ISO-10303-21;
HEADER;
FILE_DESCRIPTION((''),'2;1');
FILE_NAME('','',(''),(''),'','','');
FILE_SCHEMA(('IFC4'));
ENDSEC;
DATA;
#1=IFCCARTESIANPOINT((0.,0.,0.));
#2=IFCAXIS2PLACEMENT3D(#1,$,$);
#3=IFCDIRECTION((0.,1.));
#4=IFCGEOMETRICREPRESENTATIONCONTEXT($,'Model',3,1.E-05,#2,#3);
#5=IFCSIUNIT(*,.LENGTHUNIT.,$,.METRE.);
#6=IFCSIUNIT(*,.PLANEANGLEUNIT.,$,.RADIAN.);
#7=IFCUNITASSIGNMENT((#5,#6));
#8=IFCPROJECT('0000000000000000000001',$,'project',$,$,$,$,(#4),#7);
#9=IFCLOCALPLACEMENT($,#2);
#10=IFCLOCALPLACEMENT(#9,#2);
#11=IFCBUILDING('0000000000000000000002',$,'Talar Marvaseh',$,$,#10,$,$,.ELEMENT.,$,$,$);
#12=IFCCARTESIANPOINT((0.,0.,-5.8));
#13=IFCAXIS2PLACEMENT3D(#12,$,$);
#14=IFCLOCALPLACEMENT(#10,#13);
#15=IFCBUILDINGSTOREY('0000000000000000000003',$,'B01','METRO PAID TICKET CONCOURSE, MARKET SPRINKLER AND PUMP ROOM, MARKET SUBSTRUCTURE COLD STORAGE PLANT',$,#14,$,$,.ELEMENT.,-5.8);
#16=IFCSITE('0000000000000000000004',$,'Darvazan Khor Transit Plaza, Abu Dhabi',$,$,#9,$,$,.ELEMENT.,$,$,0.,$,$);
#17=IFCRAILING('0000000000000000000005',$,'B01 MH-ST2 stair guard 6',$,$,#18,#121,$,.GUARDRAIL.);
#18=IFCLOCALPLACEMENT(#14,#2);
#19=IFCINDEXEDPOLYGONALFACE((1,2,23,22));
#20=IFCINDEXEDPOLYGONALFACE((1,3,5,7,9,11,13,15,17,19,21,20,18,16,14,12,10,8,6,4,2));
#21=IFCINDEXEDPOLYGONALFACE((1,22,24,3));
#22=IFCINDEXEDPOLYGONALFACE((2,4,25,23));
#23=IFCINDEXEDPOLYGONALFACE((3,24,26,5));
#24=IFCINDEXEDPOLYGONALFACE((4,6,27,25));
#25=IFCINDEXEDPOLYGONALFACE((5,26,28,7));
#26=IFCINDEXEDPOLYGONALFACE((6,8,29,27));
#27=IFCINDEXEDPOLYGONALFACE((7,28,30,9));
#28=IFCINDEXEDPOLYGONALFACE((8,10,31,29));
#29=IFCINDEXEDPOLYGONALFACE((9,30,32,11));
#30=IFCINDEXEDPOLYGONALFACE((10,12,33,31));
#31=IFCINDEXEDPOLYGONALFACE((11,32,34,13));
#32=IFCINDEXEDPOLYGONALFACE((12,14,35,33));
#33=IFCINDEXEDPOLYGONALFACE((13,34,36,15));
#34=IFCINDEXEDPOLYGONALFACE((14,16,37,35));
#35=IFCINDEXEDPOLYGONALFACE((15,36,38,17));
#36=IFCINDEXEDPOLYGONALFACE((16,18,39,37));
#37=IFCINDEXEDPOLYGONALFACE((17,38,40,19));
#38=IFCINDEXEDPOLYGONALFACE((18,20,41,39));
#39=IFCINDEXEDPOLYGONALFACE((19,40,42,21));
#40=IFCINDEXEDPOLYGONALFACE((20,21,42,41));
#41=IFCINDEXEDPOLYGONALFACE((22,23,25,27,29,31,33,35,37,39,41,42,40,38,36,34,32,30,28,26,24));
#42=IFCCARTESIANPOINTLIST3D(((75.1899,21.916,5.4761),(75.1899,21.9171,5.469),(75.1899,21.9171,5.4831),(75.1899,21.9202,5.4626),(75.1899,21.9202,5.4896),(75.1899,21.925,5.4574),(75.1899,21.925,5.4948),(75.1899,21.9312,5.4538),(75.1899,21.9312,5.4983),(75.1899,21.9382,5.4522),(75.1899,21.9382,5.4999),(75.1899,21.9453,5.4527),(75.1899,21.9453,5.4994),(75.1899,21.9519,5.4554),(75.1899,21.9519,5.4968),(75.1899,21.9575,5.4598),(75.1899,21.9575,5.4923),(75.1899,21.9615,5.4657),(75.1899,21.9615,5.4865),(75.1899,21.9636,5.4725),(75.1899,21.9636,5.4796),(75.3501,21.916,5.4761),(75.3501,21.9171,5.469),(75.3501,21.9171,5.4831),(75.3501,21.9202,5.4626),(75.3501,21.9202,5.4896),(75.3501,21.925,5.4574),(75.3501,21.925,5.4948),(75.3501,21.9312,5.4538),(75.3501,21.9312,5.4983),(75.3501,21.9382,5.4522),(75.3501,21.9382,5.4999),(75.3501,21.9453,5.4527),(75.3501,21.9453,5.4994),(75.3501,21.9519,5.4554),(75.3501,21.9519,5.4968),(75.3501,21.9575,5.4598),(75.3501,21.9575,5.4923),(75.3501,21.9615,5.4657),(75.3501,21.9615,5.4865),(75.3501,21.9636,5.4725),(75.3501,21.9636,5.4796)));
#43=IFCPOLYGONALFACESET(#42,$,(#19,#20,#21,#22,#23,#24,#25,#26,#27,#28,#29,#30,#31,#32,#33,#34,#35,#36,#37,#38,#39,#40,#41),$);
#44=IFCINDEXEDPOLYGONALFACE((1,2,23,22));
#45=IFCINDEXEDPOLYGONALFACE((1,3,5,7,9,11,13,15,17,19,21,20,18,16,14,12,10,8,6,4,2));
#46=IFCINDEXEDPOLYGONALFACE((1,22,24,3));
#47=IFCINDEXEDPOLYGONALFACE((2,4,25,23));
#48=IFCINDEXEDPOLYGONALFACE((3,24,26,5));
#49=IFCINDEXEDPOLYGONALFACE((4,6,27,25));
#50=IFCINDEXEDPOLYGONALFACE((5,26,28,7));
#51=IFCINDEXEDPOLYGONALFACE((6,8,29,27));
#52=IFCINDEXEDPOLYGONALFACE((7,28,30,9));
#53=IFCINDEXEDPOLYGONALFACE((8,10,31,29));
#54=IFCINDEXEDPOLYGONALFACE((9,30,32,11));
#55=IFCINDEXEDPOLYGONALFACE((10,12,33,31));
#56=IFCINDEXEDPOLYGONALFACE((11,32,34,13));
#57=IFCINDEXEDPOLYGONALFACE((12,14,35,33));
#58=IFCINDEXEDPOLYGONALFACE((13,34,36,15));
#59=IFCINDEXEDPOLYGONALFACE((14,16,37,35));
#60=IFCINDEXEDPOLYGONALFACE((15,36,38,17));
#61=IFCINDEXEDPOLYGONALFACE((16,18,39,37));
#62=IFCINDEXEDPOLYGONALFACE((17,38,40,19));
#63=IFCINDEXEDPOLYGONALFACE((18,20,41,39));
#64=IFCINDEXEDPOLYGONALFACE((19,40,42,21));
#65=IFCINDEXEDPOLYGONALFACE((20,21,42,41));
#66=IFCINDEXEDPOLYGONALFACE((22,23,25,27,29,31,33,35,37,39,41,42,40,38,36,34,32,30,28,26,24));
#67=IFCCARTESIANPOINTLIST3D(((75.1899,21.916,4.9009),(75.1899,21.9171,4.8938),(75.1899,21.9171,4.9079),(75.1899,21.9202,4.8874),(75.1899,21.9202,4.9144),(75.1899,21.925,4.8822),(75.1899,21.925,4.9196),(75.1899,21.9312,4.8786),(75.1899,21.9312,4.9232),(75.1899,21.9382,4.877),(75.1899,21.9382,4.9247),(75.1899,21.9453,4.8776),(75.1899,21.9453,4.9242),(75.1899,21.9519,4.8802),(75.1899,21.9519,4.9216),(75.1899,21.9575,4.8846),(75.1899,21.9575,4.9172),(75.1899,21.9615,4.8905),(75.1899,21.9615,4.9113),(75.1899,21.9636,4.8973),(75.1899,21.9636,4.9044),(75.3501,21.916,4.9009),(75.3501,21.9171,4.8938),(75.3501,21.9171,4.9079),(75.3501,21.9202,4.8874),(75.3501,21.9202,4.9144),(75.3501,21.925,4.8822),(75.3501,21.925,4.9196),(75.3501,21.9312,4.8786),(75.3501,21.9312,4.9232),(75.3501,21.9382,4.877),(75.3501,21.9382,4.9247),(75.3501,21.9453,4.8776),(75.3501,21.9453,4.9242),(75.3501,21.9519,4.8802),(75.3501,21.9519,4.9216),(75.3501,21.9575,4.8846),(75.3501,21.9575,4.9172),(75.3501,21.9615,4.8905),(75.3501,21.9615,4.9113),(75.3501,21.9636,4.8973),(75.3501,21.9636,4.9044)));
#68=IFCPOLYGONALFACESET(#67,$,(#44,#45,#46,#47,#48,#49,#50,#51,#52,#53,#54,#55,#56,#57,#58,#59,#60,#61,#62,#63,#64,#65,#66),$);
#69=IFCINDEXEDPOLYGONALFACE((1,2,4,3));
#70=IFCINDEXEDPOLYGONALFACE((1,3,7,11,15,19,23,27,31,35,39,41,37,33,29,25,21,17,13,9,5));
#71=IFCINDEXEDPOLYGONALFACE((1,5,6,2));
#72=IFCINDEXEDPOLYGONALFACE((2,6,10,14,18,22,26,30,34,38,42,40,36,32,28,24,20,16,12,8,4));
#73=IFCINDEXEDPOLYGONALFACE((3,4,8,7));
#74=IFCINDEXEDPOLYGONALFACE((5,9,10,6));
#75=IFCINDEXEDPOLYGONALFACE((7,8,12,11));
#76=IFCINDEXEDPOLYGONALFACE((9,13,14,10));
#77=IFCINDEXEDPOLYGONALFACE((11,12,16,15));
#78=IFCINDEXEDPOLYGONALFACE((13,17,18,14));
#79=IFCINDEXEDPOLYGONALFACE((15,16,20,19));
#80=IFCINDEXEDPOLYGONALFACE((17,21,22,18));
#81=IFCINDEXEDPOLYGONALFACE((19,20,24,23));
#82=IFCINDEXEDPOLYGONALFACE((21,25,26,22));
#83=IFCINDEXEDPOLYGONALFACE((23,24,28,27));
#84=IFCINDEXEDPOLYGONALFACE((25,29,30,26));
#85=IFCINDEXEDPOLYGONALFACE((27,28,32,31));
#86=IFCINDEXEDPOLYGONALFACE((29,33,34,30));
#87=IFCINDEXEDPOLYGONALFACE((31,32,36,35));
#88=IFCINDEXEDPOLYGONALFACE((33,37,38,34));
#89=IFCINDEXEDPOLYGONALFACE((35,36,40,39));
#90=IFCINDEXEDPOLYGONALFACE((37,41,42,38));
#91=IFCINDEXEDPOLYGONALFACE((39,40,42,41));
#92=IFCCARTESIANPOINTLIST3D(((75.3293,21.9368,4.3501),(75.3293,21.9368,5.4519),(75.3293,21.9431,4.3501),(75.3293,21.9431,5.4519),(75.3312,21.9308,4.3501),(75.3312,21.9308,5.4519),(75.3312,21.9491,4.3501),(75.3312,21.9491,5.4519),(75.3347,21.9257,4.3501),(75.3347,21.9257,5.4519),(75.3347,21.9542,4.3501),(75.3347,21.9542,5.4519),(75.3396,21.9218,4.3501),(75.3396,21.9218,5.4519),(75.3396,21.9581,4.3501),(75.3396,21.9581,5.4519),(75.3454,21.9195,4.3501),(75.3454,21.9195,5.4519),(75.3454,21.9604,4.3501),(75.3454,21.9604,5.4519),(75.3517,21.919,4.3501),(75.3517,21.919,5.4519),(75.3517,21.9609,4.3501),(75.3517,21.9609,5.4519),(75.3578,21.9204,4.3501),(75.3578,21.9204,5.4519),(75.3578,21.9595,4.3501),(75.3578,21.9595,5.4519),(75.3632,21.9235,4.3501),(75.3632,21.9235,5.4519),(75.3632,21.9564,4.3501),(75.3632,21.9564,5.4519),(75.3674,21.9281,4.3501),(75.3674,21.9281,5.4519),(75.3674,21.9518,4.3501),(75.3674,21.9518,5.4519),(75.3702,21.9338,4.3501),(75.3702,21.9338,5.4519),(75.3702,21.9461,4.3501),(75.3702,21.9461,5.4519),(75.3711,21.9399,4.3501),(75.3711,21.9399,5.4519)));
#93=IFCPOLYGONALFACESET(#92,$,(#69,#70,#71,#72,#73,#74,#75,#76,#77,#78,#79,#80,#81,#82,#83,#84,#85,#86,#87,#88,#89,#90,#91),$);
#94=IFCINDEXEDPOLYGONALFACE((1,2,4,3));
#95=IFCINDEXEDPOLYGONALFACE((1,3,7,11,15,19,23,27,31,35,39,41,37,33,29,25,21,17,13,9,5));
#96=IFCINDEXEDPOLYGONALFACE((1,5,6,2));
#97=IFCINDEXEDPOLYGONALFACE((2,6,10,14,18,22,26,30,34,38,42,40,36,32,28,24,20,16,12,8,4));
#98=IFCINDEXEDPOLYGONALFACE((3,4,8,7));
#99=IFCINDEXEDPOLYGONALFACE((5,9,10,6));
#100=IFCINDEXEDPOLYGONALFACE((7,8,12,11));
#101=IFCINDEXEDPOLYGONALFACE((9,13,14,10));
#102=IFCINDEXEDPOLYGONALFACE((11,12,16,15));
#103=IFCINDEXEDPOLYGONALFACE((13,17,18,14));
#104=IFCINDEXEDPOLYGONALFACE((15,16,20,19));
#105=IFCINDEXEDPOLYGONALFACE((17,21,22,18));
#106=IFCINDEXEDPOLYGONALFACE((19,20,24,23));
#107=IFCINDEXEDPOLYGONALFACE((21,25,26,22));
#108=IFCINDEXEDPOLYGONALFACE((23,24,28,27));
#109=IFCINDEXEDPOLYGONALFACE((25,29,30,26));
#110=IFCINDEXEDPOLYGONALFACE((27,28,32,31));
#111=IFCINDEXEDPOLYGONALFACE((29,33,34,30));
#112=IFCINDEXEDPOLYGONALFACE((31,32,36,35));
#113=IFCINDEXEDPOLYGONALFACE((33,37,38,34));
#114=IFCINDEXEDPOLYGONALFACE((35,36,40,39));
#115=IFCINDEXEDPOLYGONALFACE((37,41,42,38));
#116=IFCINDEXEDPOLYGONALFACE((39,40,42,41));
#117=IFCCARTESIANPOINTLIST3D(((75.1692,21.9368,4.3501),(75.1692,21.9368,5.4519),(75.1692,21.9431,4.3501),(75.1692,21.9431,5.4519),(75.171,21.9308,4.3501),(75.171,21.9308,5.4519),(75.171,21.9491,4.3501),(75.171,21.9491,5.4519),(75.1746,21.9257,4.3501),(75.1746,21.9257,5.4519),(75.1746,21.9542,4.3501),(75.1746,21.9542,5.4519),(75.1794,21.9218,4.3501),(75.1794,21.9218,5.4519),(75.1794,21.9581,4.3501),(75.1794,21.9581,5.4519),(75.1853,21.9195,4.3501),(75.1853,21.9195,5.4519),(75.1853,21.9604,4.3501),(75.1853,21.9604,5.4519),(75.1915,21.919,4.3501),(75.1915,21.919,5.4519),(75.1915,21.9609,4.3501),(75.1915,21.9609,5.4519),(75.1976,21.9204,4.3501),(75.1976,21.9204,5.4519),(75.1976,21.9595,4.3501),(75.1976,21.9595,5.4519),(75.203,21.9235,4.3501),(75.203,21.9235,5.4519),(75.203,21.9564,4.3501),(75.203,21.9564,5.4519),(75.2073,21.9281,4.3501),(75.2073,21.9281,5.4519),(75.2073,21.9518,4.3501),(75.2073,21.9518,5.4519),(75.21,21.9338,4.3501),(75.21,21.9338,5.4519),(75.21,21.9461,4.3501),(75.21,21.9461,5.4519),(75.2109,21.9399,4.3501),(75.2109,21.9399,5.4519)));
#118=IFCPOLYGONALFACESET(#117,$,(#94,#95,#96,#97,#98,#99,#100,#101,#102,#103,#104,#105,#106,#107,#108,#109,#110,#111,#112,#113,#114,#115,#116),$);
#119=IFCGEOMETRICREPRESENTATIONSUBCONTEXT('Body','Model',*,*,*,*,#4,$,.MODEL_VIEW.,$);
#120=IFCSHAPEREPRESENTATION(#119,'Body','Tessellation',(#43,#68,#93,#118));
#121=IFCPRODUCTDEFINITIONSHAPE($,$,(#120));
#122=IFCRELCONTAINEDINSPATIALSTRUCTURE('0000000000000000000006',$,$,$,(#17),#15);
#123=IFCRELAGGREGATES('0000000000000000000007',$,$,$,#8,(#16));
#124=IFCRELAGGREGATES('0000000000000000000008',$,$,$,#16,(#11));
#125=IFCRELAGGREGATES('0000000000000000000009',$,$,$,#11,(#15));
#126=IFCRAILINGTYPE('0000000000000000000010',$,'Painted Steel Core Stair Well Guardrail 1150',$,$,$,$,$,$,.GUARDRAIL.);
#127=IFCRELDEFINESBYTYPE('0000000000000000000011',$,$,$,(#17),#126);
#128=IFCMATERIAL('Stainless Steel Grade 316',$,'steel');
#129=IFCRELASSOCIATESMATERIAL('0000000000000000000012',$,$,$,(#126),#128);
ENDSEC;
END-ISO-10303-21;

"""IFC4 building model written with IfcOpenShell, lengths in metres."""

from ifc_helpers import new_model, si_unit, direction, frame, origin, origin_2d, place, context, subcontext, project, spatial, circle, extrude, material, type_object, element, save


model = new_model("IFC4")

# Units and contexts
model_context = context("Model", 3, precision=1e-05, world=origin(), true_north=direction((0.0, 1.0)))
body_context = subcontext(model_context, "Body", "Model", "MODEL_VIEW")
ifc_project = project(units=[si_unit("LENGTHUNIT", "METRE"), si_unit("PLANEANGLEUNIT", "RADIAN")], contexts=[model_context])

# Site, building, storey
site_placement = place(None, origin())
site = spatial("IfcSite", under=ifc_project, at=site_placement, Name="Darvazan Khor Transit Plaza, Abu Dhabi", CompositionType="ELEMENT", RefElevation=0.0)
building_placement = place(site_placement, origin())
building = spatial("IfcBuilding", under=site, at=building_placement, Name="Talar Marvaseh", CompositionType="ELEMENT")
storey_placement = place(building_placement, frame((0.0, 0.0, -5.8)))
storey = spatial("IfcBuildingStorey", under=building, at=storey_placement, Name="B01", Description="METRO PAID TICKET CONCOURSE, MARKET SPRINKLER AND PUMP ROOM, MARKET SUBSTRUCTURE COLD STORAGE PLANT", CompositionType="ELEMENT", Elevation=-5.8)

# Railing
ifc_material_1 = material(Name="Stainless Steel Grade 316", Category="steel")
railing_type_1 = type_object("IfcRailingType", Name="Painted Steel Core Stair Well Guardrail 1150", PredefinedType="GUARDRAIL", material=ifc_material_1)
railing_1_placement = place(storey_placement, frame((75.3501, 21.9399, 4.3501)))
element("IfcRailing", 1, at=railing_1_placement, inside=storey, type_object=railing_type_1, Name="B01 MH-ST2 stair guard 6", PredefinedType="GUARDRAIL", context=body_context, shape_type="SweptSolid", body=[
    extrude(circle(Radius=0.0239, at=origin_2d()), frame((0.0, 0.0, 1.126), z_axis=(-1.0, 0.0, 0.0), x_axis=(0.0, -1.0, 0.0)), (0.0, 0.0, 1.0), 0.1602),
    extrude(circle(Radius=0.0239, at=origin_2d()), frame((0.0, 0.0, 0.5508), z_axis=(-1.0, 0.0, 0.0), x_axis=(0.0, -1.0, 0.0)), (0.0, 0.0, 1.0), 0.1602),
    extrude(circle(Radius=0.021, at=origin_2d()), origin(), (0.0, 0.0, 1.0), 1.1018),
    extrude(circle(Radius=0.021, at=origin_2d()), frame((-0.1602, 0.0, 0.0)), (0.0, 0.0, 1.0), 1.1018),
])

save(model, "model.ifc")
